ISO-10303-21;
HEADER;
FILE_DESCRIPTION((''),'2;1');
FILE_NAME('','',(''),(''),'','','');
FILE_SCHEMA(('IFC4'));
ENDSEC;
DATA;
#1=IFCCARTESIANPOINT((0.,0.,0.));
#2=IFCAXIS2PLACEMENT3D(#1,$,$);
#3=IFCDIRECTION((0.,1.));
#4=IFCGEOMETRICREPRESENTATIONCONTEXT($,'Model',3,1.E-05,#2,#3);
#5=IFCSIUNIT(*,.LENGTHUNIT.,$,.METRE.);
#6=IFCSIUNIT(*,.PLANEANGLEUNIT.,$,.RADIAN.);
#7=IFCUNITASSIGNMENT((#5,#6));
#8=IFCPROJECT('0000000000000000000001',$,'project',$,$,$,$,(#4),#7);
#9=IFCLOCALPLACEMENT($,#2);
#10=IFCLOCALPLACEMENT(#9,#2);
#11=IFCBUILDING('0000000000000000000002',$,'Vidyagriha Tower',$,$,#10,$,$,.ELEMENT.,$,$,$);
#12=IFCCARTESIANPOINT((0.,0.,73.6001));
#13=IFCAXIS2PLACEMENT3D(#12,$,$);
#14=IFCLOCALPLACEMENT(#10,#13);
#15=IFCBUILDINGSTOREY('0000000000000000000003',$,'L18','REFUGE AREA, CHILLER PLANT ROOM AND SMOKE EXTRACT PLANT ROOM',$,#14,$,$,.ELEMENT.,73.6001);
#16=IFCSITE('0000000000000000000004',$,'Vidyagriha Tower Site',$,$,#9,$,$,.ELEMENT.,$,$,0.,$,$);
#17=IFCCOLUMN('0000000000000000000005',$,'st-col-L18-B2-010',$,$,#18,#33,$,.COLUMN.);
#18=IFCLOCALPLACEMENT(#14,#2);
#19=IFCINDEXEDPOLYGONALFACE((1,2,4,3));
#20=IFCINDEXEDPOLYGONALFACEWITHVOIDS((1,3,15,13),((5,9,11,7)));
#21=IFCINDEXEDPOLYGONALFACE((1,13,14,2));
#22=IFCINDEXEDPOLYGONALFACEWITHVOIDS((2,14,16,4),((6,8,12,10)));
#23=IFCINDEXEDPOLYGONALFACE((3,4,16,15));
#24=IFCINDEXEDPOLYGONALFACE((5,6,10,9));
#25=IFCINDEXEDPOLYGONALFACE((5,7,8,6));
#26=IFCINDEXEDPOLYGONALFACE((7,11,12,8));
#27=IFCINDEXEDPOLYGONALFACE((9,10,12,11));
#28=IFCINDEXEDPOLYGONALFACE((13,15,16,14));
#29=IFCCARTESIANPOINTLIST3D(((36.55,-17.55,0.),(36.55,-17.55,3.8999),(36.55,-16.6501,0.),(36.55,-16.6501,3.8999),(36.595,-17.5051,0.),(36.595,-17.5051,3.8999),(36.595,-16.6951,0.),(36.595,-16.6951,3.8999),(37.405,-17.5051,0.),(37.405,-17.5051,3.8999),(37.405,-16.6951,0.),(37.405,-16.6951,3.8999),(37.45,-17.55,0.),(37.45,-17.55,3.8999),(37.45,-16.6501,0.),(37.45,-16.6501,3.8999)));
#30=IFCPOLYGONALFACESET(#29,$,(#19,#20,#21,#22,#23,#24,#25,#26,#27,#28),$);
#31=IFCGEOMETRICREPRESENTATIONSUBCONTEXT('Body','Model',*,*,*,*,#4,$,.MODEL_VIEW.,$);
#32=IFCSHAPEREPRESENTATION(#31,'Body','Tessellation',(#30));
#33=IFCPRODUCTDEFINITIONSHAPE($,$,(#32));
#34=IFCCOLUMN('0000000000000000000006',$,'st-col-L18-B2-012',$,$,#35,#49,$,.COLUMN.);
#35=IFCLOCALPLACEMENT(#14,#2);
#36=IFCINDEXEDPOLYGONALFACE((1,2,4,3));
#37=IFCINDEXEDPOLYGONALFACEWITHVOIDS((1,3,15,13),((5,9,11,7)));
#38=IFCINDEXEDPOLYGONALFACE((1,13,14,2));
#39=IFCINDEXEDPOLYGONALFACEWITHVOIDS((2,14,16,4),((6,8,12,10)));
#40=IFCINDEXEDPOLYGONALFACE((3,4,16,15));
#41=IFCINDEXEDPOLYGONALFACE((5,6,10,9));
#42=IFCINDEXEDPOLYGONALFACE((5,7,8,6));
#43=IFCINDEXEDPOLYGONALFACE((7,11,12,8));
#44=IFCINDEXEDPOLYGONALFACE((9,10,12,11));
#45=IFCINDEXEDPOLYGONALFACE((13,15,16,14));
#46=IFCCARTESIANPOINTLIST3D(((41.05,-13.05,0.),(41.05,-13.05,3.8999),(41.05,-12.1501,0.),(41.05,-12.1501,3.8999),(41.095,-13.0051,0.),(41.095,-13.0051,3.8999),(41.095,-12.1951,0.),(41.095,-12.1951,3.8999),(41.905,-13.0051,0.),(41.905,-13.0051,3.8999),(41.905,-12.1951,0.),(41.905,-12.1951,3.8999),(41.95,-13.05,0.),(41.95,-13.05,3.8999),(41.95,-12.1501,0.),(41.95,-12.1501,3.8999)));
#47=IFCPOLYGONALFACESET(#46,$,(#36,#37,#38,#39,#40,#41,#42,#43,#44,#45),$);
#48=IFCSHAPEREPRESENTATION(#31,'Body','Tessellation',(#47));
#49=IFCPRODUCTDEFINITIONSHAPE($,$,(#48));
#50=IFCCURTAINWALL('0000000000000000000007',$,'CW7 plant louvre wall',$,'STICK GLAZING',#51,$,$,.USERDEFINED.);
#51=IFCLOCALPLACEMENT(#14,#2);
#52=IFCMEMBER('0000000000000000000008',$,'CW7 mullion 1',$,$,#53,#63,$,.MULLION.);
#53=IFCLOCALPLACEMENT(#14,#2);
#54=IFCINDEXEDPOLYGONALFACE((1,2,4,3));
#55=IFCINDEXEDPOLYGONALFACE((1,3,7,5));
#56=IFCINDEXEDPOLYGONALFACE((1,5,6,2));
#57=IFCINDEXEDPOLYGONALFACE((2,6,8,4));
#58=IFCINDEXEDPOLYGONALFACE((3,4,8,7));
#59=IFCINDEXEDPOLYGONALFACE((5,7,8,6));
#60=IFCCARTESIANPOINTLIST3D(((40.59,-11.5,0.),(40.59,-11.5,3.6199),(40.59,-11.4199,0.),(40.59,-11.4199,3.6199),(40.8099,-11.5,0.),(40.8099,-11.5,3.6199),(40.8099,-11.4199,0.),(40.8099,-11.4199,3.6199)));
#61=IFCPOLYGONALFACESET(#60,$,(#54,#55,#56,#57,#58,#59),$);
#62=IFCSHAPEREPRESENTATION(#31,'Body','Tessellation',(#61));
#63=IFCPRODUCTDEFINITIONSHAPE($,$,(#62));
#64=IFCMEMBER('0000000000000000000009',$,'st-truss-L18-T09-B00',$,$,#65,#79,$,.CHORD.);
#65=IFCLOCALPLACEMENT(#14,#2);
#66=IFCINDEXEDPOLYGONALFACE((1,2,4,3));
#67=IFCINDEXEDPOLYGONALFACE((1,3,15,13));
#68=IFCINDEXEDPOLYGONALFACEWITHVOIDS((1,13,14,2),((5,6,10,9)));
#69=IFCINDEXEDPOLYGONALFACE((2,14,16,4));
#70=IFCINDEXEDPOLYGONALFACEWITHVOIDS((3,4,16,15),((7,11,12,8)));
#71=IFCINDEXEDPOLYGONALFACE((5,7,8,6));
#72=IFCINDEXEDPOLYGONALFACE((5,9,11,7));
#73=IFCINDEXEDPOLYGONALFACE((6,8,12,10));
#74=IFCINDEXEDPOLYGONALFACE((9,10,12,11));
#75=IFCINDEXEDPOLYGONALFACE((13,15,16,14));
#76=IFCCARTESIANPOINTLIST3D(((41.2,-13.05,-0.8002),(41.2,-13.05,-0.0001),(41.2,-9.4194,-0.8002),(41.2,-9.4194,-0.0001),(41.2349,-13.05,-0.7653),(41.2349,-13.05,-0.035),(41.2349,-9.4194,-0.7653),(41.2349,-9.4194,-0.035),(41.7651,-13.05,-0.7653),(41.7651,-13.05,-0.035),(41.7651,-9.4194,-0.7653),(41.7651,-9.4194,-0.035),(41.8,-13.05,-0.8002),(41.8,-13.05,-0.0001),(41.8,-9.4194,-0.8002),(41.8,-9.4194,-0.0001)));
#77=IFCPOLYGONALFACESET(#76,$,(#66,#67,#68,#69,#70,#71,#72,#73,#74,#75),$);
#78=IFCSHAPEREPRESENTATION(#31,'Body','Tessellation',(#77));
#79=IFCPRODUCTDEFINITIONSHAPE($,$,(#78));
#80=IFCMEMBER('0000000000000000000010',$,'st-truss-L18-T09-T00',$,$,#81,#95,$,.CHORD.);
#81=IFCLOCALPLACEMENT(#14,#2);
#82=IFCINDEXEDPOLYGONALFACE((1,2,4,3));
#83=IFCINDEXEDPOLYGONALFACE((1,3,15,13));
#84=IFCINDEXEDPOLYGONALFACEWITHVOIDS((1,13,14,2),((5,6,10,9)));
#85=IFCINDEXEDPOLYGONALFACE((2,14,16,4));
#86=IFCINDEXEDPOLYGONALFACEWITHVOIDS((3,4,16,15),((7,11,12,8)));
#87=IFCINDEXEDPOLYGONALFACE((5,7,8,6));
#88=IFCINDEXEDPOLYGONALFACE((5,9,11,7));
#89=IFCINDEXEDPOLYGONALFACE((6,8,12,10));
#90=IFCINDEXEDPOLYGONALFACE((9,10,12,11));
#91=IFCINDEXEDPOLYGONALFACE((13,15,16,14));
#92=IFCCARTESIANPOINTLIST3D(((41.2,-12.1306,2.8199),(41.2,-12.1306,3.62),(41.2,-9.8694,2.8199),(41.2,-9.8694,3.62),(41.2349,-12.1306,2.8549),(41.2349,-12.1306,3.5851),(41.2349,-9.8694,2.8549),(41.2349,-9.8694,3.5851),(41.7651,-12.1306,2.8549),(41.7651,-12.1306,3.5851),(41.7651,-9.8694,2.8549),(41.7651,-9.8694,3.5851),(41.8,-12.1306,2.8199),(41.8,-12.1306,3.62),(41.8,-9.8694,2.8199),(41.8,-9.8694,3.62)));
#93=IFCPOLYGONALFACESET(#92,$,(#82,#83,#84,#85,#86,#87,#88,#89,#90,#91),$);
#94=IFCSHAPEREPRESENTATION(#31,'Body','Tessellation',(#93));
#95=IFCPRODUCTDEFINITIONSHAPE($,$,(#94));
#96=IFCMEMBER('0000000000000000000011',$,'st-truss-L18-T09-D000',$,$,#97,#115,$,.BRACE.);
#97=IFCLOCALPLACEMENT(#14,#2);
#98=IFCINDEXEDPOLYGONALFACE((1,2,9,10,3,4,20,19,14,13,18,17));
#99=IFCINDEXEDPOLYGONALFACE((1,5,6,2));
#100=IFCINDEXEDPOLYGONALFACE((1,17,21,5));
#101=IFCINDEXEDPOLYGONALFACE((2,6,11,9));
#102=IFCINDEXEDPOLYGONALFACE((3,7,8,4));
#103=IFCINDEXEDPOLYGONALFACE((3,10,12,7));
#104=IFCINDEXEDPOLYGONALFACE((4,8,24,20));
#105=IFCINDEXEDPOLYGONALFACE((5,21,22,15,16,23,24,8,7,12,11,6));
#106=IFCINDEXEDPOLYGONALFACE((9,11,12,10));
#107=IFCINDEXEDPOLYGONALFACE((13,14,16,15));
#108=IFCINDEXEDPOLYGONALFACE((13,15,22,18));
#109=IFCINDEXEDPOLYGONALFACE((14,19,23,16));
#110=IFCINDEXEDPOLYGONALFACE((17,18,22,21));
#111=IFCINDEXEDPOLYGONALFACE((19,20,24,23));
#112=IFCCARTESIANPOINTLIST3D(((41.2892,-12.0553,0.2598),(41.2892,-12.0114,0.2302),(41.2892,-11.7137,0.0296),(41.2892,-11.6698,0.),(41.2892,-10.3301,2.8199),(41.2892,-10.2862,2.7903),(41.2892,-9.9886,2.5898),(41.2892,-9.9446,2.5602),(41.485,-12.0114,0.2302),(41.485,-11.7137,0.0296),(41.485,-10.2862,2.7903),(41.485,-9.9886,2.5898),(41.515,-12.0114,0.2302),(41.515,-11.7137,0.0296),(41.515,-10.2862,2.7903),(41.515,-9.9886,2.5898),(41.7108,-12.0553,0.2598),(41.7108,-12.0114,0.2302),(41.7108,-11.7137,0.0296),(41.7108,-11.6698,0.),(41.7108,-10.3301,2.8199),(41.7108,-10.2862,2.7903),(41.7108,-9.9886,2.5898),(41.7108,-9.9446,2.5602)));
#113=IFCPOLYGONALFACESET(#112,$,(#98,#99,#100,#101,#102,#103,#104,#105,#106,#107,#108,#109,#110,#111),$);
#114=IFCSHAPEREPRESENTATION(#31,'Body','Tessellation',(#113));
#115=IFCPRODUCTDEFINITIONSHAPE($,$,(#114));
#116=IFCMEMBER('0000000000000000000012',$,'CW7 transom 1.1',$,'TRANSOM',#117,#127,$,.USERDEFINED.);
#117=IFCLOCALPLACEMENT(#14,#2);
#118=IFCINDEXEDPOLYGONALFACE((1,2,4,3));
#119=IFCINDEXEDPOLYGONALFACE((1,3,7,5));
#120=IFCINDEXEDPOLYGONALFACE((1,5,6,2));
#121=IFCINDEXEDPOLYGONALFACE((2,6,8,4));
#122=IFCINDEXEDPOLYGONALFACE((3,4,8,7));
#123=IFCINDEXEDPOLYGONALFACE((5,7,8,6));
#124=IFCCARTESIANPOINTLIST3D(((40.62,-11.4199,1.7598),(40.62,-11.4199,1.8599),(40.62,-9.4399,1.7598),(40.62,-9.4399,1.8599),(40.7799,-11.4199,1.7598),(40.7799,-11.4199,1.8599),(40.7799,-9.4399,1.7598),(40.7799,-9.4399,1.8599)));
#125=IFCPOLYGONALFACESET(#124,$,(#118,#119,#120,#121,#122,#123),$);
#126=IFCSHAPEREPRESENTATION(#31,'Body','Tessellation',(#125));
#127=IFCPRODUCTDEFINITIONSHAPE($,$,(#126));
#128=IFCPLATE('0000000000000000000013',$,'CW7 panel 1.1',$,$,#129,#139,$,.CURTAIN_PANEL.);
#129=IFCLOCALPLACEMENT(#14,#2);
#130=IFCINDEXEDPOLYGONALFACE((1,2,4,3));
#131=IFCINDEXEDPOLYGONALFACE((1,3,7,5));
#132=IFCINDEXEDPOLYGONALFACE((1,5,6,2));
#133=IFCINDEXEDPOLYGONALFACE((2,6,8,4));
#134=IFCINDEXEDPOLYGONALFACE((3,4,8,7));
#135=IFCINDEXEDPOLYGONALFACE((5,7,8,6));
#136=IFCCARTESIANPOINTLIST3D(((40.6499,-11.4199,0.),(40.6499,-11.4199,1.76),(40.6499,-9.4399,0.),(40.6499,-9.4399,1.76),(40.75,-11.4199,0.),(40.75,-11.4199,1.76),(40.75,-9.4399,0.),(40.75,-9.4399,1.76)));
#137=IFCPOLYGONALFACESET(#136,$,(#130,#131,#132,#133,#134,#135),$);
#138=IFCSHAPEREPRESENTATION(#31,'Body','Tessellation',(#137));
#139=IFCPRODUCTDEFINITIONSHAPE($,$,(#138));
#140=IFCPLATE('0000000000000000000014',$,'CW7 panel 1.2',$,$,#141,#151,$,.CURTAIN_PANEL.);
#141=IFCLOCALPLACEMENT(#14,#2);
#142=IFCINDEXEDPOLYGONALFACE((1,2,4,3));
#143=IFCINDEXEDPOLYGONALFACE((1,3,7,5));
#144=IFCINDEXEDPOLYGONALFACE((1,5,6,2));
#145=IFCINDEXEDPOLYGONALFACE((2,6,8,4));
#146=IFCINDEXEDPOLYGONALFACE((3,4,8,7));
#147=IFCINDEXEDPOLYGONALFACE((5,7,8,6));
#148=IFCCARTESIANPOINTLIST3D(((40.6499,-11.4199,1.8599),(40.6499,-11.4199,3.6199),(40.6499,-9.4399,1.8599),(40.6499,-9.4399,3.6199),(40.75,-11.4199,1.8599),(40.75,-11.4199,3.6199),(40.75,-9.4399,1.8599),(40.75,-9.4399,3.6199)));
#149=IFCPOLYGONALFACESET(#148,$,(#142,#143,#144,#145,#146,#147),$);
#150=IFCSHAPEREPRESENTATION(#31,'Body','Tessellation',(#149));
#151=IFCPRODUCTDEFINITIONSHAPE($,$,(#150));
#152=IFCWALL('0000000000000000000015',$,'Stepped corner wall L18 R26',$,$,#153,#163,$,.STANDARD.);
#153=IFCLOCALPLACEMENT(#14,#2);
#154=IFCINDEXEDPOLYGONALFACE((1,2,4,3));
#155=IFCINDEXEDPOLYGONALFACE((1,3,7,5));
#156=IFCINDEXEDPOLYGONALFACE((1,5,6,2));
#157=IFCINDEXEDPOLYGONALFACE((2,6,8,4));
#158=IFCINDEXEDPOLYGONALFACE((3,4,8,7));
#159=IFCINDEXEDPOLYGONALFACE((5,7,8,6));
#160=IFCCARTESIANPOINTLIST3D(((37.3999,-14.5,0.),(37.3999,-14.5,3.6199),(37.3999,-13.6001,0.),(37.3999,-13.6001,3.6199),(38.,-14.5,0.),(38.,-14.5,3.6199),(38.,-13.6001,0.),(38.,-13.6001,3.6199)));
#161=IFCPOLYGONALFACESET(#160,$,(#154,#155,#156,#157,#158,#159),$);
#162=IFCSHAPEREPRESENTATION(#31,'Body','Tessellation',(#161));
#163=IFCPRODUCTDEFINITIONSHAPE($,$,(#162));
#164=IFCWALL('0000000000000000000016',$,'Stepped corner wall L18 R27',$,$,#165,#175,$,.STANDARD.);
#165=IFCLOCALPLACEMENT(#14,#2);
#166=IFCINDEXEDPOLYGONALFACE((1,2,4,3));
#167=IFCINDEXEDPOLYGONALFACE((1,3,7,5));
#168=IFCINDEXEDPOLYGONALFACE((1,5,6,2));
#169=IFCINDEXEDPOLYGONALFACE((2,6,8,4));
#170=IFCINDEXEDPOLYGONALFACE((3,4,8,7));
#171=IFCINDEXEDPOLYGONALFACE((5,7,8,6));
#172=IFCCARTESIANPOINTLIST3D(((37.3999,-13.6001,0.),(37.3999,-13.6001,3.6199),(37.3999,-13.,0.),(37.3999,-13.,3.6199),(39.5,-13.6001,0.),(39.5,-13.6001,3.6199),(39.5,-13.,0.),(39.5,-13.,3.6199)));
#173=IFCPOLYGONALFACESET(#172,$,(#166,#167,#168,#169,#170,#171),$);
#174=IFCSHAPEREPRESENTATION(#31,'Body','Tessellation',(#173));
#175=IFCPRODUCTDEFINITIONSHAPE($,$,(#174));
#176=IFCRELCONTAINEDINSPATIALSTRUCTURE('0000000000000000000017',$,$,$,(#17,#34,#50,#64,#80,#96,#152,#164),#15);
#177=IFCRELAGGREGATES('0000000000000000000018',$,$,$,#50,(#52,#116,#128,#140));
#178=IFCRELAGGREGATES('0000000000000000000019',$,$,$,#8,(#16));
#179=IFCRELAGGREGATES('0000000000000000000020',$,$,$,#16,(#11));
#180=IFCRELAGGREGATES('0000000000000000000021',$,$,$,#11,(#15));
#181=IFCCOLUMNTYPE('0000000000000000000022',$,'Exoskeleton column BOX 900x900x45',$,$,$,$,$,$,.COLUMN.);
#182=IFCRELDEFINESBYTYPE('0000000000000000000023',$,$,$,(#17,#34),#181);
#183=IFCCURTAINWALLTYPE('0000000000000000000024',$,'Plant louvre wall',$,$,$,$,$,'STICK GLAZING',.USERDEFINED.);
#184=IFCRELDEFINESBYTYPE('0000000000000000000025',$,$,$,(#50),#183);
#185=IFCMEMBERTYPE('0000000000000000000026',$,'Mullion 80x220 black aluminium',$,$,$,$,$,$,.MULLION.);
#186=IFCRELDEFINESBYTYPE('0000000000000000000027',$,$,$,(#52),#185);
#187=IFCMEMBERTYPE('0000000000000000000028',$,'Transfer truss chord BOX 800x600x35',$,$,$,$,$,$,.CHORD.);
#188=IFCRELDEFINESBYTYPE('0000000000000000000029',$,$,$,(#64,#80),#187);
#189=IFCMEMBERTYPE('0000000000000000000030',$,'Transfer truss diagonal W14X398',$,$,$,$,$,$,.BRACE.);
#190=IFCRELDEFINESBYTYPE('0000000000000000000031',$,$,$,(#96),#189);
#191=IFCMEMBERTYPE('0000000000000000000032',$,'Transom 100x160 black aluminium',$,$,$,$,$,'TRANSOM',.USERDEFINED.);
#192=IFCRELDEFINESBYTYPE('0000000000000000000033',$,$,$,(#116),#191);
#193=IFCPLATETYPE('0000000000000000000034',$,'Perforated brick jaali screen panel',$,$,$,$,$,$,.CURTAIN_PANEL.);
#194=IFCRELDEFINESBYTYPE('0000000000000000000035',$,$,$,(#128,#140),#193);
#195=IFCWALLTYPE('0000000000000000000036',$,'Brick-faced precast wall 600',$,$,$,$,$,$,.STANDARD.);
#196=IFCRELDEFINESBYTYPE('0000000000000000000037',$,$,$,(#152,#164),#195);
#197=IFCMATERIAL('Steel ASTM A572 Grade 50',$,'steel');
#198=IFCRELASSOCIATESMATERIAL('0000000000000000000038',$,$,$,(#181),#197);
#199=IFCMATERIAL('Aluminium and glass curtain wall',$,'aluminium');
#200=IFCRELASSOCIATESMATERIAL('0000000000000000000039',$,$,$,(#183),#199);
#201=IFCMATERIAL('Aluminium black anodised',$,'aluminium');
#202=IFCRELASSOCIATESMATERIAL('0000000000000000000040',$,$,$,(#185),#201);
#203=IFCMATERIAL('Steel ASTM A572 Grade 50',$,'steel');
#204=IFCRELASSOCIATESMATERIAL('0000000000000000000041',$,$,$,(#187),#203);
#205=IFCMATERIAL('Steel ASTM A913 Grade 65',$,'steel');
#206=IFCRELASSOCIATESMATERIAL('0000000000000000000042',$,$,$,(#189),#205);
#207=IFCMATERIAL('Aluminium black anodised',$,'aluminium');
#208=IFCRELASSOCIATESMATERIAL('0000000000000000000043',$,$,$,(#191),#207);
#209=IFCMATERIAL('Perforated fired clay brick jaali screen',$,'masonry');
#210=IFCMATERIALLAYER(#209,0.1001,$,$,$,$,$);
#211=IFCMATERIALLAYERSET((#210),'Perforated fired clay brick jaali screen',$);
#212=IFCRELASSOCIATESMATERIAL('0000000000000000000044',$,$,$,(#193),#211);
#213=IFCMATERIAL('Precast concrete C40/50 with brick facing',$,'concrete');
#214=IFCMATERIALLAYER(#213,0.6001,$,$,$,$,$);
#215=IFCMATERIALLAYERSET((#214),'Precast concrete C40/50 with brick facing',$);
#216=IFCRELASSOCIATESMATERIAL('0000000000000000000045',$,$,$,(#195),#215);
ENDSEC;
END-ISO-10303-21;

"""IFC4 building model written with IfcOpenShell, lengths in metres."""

from ifc_helpers import new_model, si_unit, direction, frame, frame_2d, origin, origin_2d, place, context, subcontext, project, spatial, rectangle, hollow_rectangle, i_section, extrude, material, layer, layer_set, material_profile, profile_set, type_object, element, aggregate, save


model = new_model("IFC4")

# Units and contexts
model_context = context("Model", 3, precision=1e-05, world=origin(), true_north=direction((0.0, 1.0)))
body_context = subcontext(model_context, "Body", "Model", "MODEL_VIEW")
ifc_project = project(units=[si_unit("LENGTHUNIT", "METRE"), si_unit("PLANEANGLEUNIT", "RADIAN")], contexts=[model_context])

# Site, building, storey
site_placement = place(None, origin())
site = spatial("IfcSite", under=ifc_project, at=site_placement, Name="Vidyagriha Tower Site", CompositionType="ELEMENT", RefElevation=0.0)
building_placement = place(site_placement, origin())
building = spatial("IfcBuilding", under=site, at=building_placement, Name="Vidyagriha Tower", CompositionType="ELEMENT")
storey_placement = place(building_placement, frame((0.0, 0.0, 73.6001)))
storey = spatial("IfcBuildingStorey", under=building, at=storey_placement, Name="L18", Description="REFUGE AREA, CHILLER PLANT ROOM AND SMOKE EXTRACT PLANT ROOM", CompositionType="ELEMENT", Elevation=73.6001)

# Columns
ifc_material_1 = material(Name="Steel ASTM A572 Grade 50", Category="steel")
ifc_material_profile_1 = material_profile(ifc_material_1, hollow_rectangle(XDim=0.8999, YDim=0.8999, WallThickness=0.0449, at=origin_2d()), Name="BOX 900x900x45")
ifc_profile_set_1 = profile_set([ifc_material_profile_1], Name="Steel ASTM A572 Grade 50")
column_type = type_object("IfcColumnType", Name="Exoskeleton column BOX 900x900x45", PredefinedType="COLUMN", material=ifc_profile_set_1)
for number, where, name in (
    (1, (37.0, -17.1001, 0.0), "st-col-L18-B2-010"),
    (2, (41.5, -12.6001, 0.0), "st-col-L18-B2-012"),
):
    element("IfcColumn", number, at=place(storey_placement, frame(where)), inside=storey, type_object=column_type, Name=name, PredefinedType="COLUMN", context=body_context, shape_type="SweptSolid", body=[
        extrude(hollow_rectangle(XDim=0.8999, YDim=0.8999, WallThickness=0.0449, at=origin_2d()), origin(), (0.0, 0.0, 1.0), 3.8999),
    ])

# Curtain wall, member
ifc_material_2 = material(Name="Aluminium and glass curtain wall", Category="aluminium")
curtain_wall_type = type_object("IfcCurtainWallType", Name="Plant louvre wall", ElementType="STICK GLAZING", PredefinedType="USERDEFINED", material=ifc_material_2)
curtain_wall_placement = place(storey_placement, origin())
curtain_wall = element("IfcCurtainWall", 3, at=curtain_wall_placement, inside=storey, type_object=curtain_wall_type, Name="CW7 plant louvre wall", ObjectType="STICK GLAZING", PredefinedType="USERDEFINED")
ifc_material_3 = material(Name="Aluminium black anodised", Category="aluminium")
ifc_material_profile_2 = material_profile(ifc_material_3, rectangle(XDim=0.22, YDim=0.0801, at=origin_2d()), Name="Mullion 80x220 black aluminium")
ifc_profile_set_2 = profile_set([ifc_material_profile_2], Name="Aluminium black anodised")
member_type_1 = type_object("IfcMemberType", Name="Mullion 80x220 black aluminium", PredefinedType="MULLION", material=ifc_profile_set_2)
member_1_placement = place(storey_placement, frame((40.7, -11.46, 0.0), z_axis=(0.0, 0.0, 1.0), x_axis=(-1.0, 0.0, 0.0)))
member_1 = element("IfcMember", 4, at=member_1_placement, type_object=member_type_1, Name="CW7 mullion 1", PredefinedType="MULLION", context=body_context, shape_type="SweptSolid", body=[
    extrude(rectangle(XDim=0.22, YDim=0.0801, at=origin_2d()), origin(), (0.0, 0.0, 1.0), 3.6199),
])

# Members
ifc_material_4 = material(Name="Steel ASTM A572 Grade 50", Category="steel")
ifc_material_profile_3 = material_profile(ifc_material_4, hollow_rectangle(XDim=0.6001, YDim=0.8, WallThickness=0.0349, at=origin_2d()), Name="BOX 800x600x35")
ifc_profile_set_3 = profile_set([ifc_material_profile_3], Name="Steel ASTM A572 Grade 50")
member_type_2 = type_object("IfcMemberType", Name="Transfer truss chord BOX 800x600x35", PredefinedType="CHORD", material=ifc_profile_set_3)
member_2_placement = place(storey_placement, frame((41.5, -13.05, -0.4001), z_axis=(0.0, 1.0, 0.0), x_axis=(-1.0, 0.0, 0.0)))
element("IfcMember", 5, at=member_2_placement, inside=storey, type_object=member_type_2, Name="st-truss-L18-T09-B00", PredefinedType="CHORD", context=body_context, shape_type="SweptSolid", body=[
    extrude(hollow_rectangle(XDim=0.6001, YDim=0.8, WallThickness=0.0349, at=origin_2d()), origin(), (0.0, 0.0, 1.0), 3.6306),
])
member_3_placement = place(storey_placement, frame((41.5, -12.1306, 3.22), z_axis=(0.0, 1.0, 0.0), x_axis=(-1.0, 0.0, 0.0)))
element("IfcMember", 6, at=member_3_placement, inside=storey, type_object=member_type_2, Name="st-truss-L18-T09-T00", PredefinedType="CHORD", context=body_context, shape_type="SweptSolid", body=[
    extrude(hollow_rectangle(XDim=0.6001, YDim=0.8, WallThickness=0.0349, at=origin_2d()), origin(), (0.0, 0.0, 1.0), 2.2612),
])
ifc_material_5 = material(Name="Steel ASTM A913 Grade 65", Category="steel")
ifc_material_profile_4 = material_profile(ifc_material_5, i_section(OverallWidth=0.4216, OverallDepth=0.4648, WebThickness=0.03, FlangeThickness=0.053, at=origin_2d()), Name="W14X398")
ifc_profile_set_4 = profile_set([ifc_material_profile_4], Name="Steel ASTM A913 Grade 65")
member_type_3 = type_object("IfcMemberType", Name="Transfer truss diagonal W14X398", PredefinedType="BRACE", material=ifc_profile_set_4)
member_4_placement = place(storey_placement, frame((41.5, -11.8625, 0.1299), z_axis=(0.0, 0.558818, 0.82929), x_axis=(-1.0, 0.0, 0.0)))
element("IfcMember", 7, at=member_4_placement, inside=storey, type_object=member_type_3, Name="st-truss-L18-T09-D000", PredefinedType="BRACE", context=body_context, shape_type="SweptSolid", body=[
    extrude(i_section(OverallWidth=0.4216, OverallDepth=0.4648, WebThickness=0.03, FlangeThickness=0.053, at=origin_2d()), origin(), (0.0, 0.0, 1.0), 3.0872),
])

# Member
ifc_material_6 = material(Name="Aluminium black anodised", Category="aluminium")
ifc_material_profile_5 = material_profile(ifc_material_6, rectangle(XDim=0.1599, YDim=0.1001, at=origin_2d()), Name="Transom 100x160 black aluminium")
ifc_profile_set_5 = profile_set([ifc_material_profile_5], Name="Aluminium black anodised")
member_type_4 = type_object("IfcMemberType", Name="Transom 100x160 black aluminium", ElementType="TRANSOM", PredefinedType="USERDEFINED", material=ifc_profile_set_5)
member_5_placement = place(storey_placement, frame((40.7, -11.4199, 1.8098), z_axis=(0.0, 1.0, 0.0), x_axis=(-1.0, 0.0, 0.0)))
member_5 = element("IfcMember", 8, at=member_5_placement, type_object=member_type_4, Name="CW7 transom 1.1", ObjectType="TRANSOM", PredefinedType="USERDEFINED", context=body_context, shape_type="SweptSolid", body=[
    extrude(rectangle(XDim=0.1599, YDim=0.1001, at=origin_2d()), origin(), (0.0, 0.0, 1.0), 1.98),
])

# Plates
ifc_material_7 = material(Name="Perforated fired clay brick jaali screen", Category="masonry")
ifc_layer_1 = layer(ifc_material_7, 0.1001)
ifc_layer_set_1 = layer_set([ifc_layer_1], Name="Perforated fired clay brick jaali screen")
plate_type = type_object("IfcPlateType", Name="Perforated brick jaali screen panel", PredefinedType="CURTAIN_PANEL", material=ifc_layer_set_1)
plate_1_placement = place(storey_placement, frame((40.7, -10.4299, 0.0), z_axis=(0.0, 0.0, 1.0), x_axis=(0.0, 1.0, 0.0)))
plate_1 = element("IfcPlate", 9, at=plate_1_placement, type_object=plate_type, Name="CW7 panel 1.1", PredefinedType="CURTAIN_PANEL", context=body_context, shape_type="SweptSolid", body=[
    extrude(rectangle(XDim=1.98, YDim=0.1001, at=origin_2d()), origin(), (0.0, 0.0, 1.0), 1.76),
])
plate_2_placement = place(storey_placement, frame((40.7, -10.4299, 1.8599), z_axis=(0.0, 0.0, 1.0), x_axis=(0.0, 1.0, 0.0)))
plate_2 = element("IfcPlate", 10, at=plate_2_placement, type_object=plate_type, Name="CW7 panel 1.2", PredefinedType="CURTAIN_PANEL", context=body_context, shape_type="SweptSolid", body=[
    extrude(rectangle(XDim=1.98, YDim=0.1001, at=origin_2d()), origin(), (0.0, 0.0, 1.0), 1.76),
])
aggregate(curtain_wall, [member_1, member_5, plate_1, plate_2])

# Walls
ifc_material_8 = material(Name="Precast concrete C40/50 with brick facing", Category="concrete")
ifc_layer_2 = layer(ifc_material_8, 0.6001)
ifc_layer_set_2 = layer_set([ifc_layer_2], Name="Precast concrete C40/50 with brick facing")
wall_type_1 = type_object("IfcWallType", Name="Brick-faced precast wall 600", PredefinedType="STANDARD", material=ifc_layer_set_2)
wall_1_placement = place(storey_placement, frame((37.7, -14.5, 0.0), z_axis=(0.0, 0.0, 1.0), x_axis=(0.0, 1.0, 0.0)))
element("IfcWall", 11, at=wall_1_placement, inside=storey, type_object=wall_type_1, Name="Stepped corner wall L18 R26", PredefinedType="STANDARD", context=body_context, shape_type="SweptSolid", body=[
    extrude(rectangle(XDim=0.8999, YDim=0.6001, at=frame_2d((0.45, 0.0))), origin(), (0.0, 0.0, 1.0), 3.6199),
])
wall_2_placement = place(storey_placement, frame((37.3999, -13.3, 0.0)))
element("IfcWall", 12, at=wall_2_placement, inside=storey, type_object=wall_type_1, Name="Stepped corner wall L18 R27", PredefinedType="STANDARD", context=body_context, shape_type="SweptSolid", body=[
    extrude(rectangle(XDim=2.1001, YDim=0.6001, at=frame_2d((1.05, 0.0))), origin(), (0.0, 0.0, 1.0), 3.6199),
])

save(model, "model.ifc")
